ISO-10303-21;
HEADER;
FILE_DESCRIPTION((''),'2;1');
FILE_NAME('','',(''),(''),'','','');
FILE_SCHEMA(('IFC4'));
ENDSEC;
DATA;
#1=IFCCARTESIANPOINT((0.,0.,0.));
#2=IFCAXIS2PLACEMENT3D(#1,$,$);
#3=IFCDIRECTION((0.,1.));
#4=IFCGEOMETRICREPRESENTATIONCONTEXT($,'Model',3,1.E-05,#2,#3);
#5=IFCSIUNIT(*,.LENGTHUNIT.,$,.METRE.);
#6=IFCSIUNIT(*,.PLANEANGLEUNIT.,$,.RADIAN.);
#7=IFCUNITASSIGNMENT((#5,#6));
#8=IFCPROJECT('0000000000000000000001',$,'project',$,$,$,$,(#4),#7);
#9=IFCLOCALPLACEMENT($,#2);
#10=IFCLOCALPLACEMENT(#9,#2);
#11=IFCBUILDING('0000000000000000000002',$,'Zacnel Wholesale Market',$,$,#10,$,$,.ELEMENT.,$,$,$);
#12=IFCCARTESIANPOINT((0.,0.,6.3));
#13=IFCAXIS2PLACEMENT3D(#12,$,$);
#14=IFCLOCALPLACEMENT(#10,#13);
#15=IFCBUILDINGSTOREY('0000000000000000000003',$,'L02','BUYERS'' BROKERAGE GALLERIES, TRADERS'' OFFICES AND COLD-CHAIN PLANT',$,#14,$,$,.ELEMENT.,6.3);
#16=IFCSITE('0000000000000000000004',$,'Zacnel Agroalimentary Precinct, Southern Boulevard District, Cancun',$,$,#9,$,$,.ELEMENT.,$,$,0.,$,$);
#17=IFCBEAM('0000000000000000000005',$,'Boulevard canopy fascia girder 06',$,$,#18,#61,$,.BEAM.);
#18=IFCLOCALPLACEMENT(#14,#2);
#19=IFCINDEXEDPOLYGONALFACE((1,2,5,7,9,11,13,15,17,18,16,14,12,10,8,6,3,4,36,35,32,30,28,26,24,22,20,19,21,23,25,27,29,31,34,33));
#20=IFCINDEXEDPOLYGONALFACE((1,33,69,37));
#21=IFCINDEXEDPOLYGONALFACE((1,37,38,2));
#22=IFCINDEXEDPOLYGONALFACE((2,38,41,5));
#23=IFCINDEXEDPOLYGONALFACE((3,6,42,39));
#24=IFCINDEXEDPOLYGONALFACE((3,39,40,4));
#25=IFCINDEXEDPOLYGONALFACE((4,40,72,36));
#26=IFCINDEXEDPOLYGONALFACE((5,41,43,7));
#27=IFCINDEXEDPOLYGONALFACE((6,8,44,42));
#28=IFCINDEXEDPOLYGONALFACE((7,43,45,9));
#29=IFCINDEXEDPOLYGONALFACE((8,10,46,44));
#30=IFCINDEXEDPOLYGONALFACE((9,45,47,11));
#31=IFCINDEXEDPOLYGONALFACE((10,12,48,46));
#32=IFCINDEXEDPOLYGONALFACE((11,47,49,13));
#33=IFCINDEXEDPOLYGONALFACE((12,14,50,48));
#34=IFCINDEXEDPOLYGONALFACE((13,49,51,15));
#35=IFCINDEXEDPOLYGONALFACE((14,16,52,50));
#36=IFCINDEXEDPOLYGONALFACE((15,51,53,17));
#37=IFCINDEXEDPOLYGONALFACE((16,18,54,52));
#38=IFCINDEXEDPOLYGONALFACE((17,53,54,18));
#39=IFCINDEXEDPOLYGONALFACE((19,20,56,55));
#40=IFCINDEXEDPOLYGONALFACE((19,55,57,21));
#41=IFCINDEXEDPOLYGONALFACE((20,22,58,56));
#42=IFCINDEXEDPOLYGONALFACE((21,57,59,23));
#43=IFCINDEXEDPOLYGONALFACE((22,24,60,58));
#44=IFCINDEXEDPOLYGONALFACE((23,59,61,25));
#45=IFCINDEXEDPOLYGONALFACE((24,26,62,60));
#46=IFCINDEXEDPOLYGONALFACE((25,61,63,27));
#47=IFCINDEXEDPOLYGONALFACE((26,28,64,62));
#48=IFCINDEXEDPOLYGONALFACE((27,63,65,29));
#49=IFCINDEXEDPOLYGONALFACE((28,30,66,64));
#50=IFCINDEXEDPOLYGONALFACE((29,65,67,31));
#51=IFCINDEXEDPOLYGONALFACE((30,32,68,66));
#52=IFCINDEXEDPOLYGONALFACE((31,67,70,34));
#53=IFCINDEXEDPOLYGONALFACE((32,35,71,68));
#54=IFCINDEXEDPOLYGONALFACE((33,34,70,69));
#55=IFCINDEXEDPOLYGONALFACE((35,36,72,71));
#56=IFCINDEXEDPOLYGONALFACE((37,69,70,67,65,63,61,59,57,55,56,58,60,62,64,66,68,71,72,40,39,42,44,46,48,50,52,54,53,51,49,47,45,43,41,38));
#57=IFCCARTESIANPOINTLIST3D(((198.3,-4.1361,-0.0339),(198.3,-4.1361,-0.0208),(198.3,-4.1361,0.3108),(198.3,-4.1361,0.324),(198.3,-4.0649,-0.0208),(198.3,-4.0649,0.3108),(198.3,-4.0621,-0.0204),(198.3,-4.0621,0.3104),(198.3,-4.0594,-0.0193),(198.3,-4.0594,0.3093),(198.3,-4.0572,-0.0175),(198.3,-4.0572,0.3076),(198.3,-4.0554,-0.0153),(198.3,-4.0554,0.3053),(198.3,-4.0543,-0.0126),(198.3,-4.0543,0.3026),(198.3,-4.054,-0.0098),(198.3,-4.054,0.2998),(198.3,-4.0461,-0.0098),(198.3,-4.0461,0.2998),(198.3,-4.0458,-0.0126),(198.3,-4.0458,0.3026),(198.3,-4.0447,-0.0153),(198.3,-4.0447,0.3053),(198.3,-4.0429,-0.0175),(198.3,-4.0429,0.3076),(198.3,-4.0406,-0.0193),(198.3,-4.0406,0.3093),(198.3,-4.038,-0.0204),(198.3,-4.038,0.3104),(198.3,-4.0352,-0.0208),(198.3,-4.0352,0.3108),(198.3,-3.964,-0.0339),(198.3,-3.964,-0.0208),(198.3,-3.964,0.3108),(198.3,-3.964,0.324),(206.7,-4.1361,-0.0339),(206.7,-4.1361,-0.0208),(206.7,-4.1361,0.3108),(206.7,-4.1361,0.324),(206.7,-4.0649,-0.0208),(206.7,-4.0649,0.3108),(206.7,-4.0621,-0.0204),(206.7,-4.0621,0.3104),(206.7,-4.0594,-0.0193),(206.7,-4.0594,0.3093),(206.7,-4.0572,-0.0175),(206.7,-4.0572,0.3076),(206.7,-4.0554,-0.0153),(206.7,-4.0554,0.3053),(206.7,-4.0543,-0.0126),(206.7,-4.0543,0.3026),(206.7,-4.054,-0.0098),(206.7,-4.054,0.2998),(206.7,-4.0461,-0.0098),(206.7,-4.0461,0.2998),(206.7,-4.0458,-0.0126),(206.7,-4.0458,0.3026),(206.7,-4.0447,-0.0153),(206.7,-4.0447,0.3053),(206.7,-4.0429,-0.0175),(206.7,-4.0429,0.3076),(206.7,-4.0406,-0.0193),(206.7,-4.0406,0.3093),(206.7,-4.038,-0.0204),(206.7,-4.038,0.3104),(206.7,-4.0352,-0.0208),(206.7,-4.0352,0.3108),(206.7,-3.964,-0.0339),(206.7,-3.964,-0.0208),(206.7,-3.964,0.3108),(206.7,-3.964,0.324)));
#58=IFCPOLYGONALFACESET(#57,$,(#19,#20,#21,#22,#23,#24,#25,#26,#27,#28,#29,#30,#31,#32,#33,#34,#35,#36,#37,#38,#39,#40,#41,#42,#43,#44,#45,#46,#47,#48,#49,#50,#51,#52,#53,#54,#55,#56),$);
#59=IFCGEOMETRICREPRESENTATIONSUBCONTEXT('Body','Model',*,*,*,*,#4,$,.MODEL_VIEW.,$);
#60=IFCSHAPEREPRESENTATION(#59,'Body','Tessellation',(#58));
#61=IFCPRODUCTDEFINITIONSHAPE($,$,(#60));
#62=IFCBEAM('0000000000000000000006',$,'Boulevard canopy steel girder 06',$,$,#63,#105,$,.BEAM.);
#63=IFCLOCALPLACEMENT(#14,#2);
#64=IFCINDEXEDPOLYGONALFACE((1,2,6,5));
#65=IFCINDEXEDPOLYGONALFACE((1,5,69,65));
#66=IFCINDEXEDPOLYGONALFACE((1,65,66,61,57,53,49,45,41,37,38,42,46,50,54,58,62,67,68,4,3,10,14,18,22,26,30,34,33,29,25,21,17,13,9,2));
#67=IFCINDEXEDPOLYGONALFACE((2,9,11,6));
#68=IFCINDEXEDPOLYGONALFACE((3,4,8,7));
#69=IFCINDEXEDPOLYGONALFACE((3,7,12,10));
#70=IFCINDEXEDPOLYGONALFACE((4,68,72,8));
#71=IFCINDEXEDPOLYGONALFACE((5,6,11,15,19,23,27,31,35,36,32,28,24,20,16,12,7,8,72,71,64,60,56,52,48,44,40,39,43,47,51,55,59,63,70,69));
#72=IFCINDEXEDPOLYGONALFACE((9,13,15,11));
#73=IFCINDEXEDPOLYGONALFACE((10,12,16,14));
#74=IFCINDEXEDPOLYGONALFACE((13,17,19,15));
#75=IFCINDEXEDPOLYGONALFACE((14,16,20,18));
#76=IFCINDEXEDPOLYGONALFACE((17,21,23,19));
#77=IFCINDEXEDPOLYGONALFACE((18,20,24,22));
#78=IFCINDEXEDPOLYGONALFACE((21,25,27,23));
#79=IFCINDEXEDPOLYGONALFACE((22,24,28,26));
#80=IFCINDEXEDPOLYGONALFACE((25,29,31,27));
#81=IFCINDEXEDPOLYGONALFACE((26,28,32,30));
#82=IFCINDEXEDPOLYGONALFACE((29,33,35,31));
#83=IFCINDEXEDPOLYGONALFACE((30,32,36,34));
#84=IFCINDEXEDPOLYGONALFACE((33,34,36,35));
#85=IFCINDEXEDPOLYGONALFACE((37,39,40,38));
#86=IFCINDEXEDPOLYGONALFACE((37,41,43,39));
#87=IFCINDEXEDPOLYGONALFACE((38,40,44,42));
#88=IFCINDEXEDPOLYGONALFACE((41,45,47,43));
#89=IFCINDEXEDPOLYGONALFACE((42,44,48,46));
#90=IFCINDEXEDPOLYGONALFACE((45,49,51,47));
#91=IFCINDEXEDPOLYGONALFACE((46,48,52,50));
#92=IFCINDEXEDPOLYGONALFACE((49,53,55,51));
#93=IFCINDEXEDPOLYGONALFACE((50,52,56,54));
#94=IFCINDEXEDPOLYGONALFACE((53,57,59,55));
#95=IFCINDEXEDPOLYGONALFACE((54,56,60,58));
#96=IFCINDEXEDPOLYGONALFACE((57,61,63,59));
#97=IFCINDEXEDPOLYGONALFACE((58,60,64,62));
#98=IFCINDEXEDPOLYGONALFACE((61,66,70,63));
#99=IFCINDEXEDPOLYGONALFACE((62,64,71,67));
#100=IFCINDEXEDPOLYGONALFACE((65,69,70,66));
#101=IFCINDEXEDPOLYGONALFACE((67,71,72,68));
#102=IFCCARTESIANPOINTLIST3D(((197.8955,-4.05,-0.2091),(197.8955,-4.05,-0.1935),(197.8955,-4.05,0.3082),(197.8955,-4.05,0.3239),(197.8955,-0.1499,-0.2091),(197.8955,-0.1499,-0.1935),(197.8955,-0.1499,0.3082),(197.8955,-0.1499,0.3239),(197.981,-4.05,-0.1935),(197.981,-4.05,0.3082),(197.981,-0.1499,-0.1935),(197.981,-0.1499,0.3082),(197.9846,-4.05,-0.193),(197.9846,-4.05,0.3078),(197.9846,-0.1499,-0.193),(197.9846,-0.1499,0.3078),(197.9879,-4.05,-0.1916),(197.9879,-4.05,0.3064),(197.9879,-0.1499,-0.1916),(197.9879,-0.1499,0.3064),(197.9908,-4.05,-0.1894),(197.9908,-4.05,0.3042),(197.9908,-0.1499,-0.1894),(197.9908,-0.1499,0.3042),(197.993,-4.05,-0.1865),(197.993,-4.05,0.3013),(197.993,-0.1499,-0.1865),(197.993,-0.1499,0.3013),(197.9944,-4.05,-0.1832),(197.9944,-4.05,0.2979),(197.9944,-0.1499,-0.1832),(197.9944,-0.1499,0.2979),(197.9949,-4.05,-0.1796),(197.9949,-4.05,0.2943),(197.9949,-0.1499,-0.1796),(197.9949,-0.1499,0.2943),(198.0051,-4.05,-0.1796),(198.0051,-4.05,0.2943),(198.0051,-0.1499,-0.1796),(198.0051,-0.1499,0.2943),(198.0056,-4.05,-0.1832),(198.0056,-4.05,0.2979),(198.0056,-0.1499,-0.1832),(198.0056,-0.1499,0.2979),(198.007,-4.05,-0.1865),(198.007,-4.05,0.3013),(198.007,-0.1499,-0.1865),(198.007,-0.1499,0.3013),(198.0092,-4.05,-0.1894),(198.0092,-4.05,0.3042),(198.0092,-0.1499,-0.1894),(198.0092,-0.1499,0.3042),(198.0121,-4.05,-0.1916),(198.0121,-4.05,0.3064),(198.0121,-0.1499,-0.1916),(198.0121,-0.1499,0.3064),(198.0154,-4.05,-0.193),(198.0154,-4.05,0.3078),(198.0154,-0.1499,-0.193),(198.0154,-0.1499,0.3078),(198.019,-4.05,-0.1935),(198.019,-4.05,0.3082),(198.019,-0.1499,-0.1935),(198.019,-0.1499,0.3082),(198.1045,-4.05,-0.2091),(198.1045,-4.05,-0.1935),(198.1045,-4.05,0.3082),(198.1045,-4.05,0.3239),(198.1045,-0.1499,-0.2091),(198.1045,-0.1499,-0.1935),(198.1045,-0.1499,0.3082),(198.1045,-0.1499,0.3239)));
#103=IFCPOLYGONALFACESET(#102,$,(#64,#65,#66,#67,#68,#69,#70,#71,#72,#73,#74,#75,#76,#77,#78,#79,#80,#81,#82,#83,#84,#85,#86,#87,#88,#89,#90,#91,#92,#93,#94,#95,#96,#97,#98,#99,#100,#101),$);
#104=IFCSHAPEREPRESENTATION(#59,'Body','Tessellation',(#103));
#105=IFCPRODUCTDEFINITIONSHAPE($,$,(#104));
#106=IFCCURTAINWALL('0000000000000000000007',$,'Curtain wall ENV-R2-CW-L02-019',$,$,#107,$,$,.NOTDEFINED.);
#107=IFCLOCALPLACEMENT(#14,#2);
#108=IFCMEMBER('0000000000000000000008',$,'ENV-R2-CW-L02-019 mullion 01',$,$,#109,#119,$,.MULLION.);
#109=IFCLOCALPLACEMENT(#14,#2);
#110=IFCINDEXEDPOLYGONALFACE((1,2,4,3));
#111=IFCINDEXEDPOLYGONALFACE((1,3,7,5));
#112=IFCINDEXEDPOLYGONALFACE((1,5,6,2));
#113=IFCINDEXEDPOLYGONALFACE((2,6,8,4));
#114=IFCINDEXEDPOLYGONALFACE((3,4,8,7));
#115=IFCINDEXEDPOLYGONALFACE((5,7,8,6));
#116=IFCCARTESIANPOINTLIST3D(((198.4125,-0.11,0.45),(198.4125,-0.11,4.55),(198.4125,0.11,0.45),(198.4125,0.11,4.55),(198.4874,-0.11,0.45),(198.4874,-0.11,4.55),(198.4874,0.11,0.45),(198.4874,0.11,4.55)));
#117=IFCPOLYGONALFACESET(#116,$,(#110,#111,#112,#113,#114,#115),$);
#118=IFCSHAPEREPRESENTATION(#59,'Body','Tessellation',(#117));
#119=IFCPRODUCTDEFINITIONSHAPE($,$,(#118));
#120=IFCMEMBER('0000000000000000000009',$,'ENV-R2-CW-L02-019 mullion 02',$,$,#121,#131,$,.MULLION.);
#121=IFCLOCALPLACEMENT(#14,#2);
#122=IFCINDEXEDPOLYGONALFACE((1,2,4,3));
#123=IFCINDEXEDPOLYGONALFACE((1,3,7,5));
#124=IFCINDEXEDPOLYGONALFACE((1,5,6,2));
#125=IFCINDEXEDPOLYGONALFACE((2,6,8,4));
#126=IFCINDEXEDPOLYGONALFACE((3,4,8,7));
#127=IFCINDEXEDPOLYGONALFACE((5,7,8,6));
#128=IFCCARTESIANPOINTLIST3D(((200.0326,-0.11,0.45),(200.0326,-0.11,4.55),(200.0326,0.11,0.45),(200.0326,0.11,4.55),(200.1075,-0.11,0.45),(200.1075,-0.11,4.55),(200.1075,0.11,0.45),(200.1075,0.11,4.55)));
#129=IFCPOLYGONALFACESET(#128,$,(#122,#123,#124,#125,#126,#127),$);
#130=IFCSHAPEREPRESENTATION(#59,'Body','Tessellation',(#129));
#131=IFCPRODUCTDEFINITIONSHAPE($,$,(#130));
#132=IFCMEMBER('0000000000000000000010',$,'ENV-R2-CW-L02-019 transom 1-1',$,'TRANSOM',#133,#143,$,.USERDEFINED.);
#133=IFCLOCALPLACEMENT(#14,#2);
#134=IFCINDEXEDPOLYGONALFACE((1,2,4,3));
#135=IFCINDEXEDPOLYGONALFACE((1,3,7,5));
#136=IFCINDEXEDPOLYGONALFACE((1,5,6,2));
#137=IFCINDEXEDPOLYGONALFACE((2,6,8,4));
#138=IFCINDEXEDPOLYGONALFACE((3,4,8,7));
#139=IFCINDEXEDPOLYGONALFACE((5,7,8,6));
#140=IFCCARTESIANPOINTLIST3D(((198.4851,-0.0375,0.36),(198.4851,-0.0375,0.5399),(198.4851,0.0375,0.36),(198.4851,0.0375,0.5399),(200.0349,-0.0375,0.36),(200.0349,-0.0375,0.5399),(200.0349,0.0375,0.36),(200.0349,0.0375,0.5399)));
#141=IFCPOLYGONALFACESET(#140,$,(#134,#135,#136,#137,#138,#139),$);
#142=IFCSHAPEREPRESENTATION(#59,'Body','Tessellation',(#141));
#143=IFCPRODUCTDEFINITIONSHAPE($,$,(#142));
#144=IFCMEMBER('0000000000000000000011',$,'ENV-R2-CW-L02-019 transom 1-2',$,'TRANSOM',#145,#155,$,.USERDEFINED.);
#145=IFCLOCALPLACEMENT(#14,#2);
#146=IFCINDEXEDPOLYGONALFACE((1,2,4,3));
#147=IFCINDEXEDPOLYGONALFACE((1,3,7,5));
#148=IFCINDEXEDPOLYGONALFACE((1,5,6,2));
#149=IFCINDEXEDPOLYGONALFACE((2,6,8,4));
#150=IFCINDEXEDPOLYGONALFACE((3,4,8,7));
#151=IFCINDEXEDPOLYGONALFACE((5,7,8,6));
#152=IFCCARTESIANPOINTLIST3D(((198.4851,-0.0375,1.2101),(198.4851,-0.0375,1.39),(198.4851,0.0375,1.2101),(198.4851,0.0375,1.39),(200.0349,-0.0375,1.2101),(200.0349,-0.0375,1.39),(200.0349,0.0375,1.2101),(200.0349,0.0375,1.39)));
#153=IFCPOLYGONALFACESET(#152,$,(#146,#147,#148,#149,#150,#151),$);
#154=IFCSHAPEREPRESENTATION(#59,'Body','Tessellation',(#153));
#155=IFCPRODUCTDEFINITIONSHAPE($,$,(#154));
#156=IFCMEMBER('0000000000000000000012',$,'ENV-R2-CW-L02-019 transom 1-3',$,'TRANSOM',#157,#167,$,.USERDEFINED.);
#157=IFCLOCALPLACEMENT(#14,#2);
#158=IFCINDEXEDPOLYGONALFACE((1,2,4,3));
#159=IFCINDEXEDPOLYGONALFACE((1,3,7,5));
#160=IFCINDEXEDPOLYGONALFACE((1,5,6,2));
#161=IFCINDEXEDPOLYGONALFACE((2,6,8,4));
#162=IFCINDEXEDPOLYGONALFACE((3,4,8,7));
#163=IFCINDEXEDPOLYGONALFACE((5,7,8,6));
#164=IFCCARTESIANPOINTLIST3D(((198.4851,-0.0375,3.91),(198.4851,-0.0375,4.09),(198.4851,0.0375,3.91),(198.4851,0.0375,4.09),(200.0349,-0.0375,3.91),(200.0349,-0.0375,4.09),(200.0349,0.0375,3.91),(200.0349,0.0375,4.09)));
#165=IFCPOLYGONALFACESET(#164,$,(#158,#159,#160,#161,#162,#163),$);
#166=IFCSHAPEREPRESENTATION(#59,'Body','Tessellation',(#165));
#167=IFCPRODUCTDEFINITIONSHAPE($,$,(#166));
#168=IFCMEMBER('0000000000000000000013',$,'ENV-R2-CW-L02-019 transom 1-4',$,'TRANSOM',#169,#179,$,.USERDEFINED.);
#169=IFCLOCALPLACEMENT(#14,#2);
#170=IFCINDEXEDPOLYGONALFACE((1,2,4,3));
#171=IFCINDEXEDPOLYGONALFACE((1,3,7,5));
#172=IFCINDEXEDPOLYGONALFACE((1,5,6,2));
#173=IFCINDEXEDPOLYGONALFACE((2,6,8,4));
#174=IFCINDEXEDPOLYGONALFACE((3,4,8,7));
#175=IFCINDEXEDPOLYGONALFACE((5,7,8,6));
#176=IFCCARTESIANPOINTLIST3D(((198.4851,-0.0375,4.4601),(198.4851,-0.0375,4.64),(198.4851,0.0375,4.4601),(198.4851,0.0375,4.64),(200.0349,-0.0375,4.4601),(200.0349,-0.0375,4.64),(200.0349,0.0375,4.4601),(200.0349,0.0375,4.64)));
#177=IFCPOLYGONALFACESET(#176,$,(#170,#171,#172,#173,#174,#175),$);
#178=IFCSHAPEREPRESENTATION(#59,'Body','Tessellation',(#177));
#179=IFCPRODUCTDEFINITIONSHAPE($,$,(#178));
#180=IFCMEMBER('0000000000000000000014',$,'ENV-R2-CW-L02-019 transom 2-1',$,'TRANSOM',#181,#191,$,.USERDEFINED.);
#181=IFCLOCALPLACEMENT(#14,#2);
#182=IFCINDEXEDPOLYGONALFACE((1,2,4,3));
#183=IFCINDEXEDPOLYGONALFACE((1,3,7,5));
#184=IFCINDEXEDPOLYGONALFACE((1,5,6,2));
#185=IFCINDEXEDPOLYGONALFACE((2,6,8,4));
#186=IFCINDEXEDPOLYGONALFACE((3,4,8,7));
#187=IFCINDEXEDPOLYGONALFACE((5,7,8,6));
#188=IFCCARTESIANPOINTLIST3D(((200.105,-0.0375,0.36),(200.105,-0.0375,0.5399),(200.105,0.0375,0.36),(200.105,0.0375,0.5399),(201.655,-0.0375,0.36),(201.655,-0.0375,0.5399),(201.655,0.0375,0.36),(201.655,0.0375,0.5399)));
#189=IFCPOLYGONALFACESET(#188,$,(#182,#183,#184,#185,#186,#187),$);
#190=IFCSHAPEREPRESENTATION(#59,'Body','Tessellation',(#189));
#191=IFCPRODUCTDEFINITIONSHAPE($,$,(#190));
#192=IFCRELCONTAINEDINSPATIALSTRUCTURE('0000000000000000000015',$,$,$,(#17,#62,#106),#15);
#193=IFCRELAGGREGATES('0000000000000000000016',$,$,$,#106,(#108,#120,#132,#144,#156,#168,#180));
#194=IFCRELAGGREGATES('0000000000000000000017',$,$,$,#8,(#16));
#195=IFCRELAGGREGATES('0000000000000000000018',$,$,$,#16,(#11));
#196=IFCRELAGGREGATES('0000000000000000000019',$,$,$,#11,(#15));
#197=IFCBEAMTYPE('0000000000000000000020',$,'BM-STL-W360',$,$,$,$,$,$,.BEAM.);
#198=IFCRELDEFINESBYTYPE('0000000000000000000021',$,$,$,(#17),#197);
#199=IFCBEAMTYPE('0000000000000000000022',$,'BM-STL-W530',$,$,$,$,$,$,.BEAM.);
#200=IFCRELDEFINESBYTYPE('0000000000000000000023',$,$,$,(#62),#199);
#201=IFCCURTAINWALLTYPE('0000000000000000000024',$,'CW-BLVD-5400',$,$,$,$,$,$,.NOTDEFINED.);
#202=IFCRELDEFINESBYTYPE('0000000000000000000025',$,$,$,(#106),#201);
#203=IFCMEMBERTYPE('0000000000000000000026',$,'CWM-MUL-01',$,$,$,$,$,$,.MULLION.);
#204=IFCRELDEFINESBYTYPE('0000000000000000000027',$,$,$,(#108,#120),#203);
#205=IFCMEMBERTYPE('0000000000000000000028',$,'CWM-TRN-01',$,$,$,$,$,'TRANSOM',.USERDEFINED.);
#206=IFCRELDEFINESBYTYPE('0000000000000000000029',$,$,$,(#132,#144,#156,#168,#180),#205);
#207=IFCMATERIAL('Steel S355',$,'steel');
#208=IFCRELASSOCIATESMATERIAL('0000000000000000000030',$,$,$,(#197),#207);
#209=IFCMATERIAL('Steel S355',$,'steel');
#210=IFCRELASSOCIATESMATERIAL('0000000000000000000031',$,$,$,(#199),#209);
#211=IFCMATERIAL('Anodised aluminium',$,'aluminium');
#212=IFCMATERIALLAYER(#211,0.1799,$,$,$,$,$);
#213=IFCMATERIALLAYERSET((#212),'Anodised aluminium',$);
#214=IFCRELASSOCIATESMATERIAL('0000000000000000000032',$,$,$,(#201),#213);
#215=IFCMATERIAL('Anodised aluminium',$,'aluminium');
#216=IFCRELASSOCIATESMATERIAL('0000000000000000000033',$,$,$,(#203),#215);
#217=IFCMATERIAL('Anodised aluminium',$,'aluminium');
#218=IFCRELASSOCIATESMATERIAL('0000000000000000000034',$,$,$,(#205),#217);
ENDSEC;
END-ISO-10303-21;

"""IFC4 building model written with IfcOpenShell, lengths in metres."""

from ifc_helpers import new_model, si_unit, direction, frame, origin, origin_2d, place, context, subcontext, project, spatial, rectangle, i_section, extrude, material, layer, layer_set, material_profile, profile_set, type_object, element, aggregate, save


model = new_model("IFC4")

# Units and contexts
model_context = context("Model", 3, precision=1e-05, world=origin(), true_north=direction((0.0, 1.0)))
body_context = subcontext(model_context, "Body", "Model", "MODEL_VIEW")
ifc_project = project(units=[si_unit("LENGTHUNIT", "METRE"), si_unit("PLANEANGLEUNIT", "RADIAN")], contexts=[model_context])

# Site, building, storey
site_placement = place(None, origin())
site = spatial("IfcSite", under=ifc_project, at=site_placement, Name="Zacnel Agroalimentary Precinct, Southern Boulevard District, Cancun", CompositionType="ELEMENT", RefElevation=0.0)
building_placement = place(site_placement, origin())
building = spatial("IfcBuilding", under=site, at=building_placement, Name="Zacnel Wholesale Market", CompositionType="ELEMENT")
storey_placement = place(building_placement, frame((0.0, 0.0, 6.3)))
storey = spatial("IfcBuildingStorey", under=building, at=storey_placement, Name="L02", Description="BUYERS' BROKERAGE GALLERIES, TRADERS' OFFICES AND COLD-CHAIN PLANT", CompositionType="ELEMENT", Elevation=6.3)

# Beams
ifc_material_1 = material(Name="Steel S355", Category="steel")
ifc_material_profile_1 = material_profile(ifc_material_1, i_section(OverallWidth=0.1721, OverallDepth=0.3579, WebThickness=0.0078, FlangeThickness=0.0132, FilletRadius=0.011, at=origin_2d()), Name="W360X57.8")
ifc_profile_set_1 = profile_set([ifc_material_profile_1], Name="Steel S355")
beam_type_1 = type_object("IfcBeamType", Name="BM-STL-W360", PredefinedType="BEAM", material=ifc_profile_set_1)
for number, where, z_axis, x_axis, name in (
    (1, (198.3, -4.05, 0.145), (1.0, 0.0, 0.0), (0.0, 1.0, 0.0), "Boulevard canopy fascia girder 06"),
):
    element("IfcBeam", number, at=place(storey_placement, frame(where, z_axis=z_axis, x_axis=x_axis)), inside=storey, type_object=beam_type_1, Name=name, PredefinedType="BEAM", context=body_context, shape_type="SweptSolid", body=[
        extrude(i_section(OverallWidth=0.1721, OverallDepth=0.3579, WebThickness=0.0078, FlangeThickness=0.0132, FilletRadius=0.011, at=origin_2d()), origin(), (0.0, 0.0, 1.0), 8.3999),
    ])
ifc_material_2 = material(Name="Steel S355", Category="steel")
ifc_material_profile_2 = material_profile(ifc_material_2, i_section(OverallWidth=0.209, OverallDepth=0.533, WebThickness=0.0103, FlangeThickness=0.0156, FilletRadius=0.0139, at=origin_2d()), Name="W530X92")
ifc_profile_set_2 = profile_set([ifc_material_profile_2], Name="Steel S355")
beam_type_2 = type_object("IfcBeamType", Name="BM-STL-W530", PredefinedType="BEAM", material=ifc_profile_set_2)
beam_1_placement = place(storey_placement, frame((198.0, -0.1499, 0.0574), z_axis=(0.0, -1.0, 0.0), x_axis=(1.0, 0.0, 0.0)))
element("IfcBeam", 2, at=beam_1_placement, inside=storey, type_object=beam_type_2, Name="Boulevard canopy steel girder 06", PredefinedType="BEAM", context=body_context, shape_type="SweptSolid", body=[
    extrude(i_section(OverallWidth=0.209, OverallDepth=0.533, WebThickness=0.0103, FlangeThickness=0.0156, FilletRadius=0.0139, at=origin_2d()), origin(), (0.0, 0.0, 1.0), 3.9001),
])

# Curtain wall, members
ifc_material_3 = material(Name="Anodised aluminium", Category="aluminium")
ifc_layer_1 = layer(ifc_material_3, 0.1799)
ifc_layer_set_1 = layer_set([ifc_layer_1], Name="Anodised aluminium")
curtain_wall_type = type_object("IfcCurtainWallType", Name="CW-BLVD-5400", PredefinedType="NOTDEFINED", material=ifc_layer_set_1)
curtain_wall_placement = place(storey_placement, origin())
curtain_wall = element("IfcCurtainWall", 3, at=curtain_wall_placement, inside=storey, type_object=curtain_wall_type, Name="Curtain wall ENV-R2-CW-L02-019", PredefinedType="NOTDEFINED")
ifc_material_4 = material(Name="Anodised aluminium", Category="aluminium")
ifc_material_profile_3 = material_profile(ifc_material_4, rectangle(XDim=0.075, YDim=0.22, at=origin_2d()), Name="AW-MULLION 75x220")
ifc_profile_set_3 = profile_set([ifc_material_profile_3], Name="Anodised aluminium")
member_type_1 = type_object("IfcMemberType", Name="CWM-MUL-01", PredefinedType="MULLION", material=ifc_profile_set_3)
member_1_placement = place(storey_placement, frame((198.45, 0.0, 0.45), z_axis=(0.0, 0.0, 1.0), x_axis=(1.0, 0.0, 0.0)))
member_1 = element("IfcMember", 4, at=member_1_placement, type_object=member_type_1, Name="ENV-R2-CW-L02-019 mullion 01", PredefinedType="MULLION", context=body_context, shape_type="SweptSolid", body=[
    extrude(rectangle(XDim=0.075, YDim=0.22, at=origin_2d()), origin(), (0.0, 0.0, 1.0), 4.1001),
])
member_2_placement = place(storey_placement, frame((200.0701, 0.0, 0.45), z_axis=(0.0, 0.0, 1.0), x_axis=(1.0, 0.0, 0.0)))
member_2 = element("IfcMember", 5, at=member_2_placement, type_object=member_type_1, Name="ENV-R2-CW-L02-019 mullion 02", PredefinedType="MULLION", context=body_context, shape_type="SweptSolid", body=[
    extrude(rectangle(XDim=0.075, YDim=0.22, at=origin_2d()), origin(), (0.0, 0.0, 1.0), 4.1001),
])
ifc_material_5 = material(Name="Anodised aluminium", Category="aluminium")
ifc_material_profile_4 = material_profile(ifc_material_5, rectangle(XDim=0.075, YDim=0.1799, at=origin_2d()), Name="AW-TRANSOM 75x180")
ifc_profile_set_4 = profile_set([ifc_material_profile_4], Name="Anodised aluminium")
member_type_2 = type_object("IfcMemberType", Name="CWM-TRN-01", ElementType="TRANSOM", PredefinedType="USERDEFINED", material=ifc_profile_set_4)
member_3_placement = place(storey_placement, frame((198.4851, 0.0, 0.45), z_axis=(1.0, 0.0, 0.0), x_axis=(0.0, 1.0, 0.0)))
member_3 = element("IfcMember", 6, at=member_3_placement, type_object=member_type_2, Name="ENV-R2-CW-L02-019 transom 1-1", ObjectType="TRANSOM", PredefinedType="USERDEFINED", context=body_context, shape_type="SweptSolid", body=[
    extrude(rectangle(XDim=0.075, YDim=0.1799, at=origin_2d()), origin(), (0.0, 0.0, 1.0), 1.5498),
])
member_4_placement = place(storey_placement, frame((198.4851, 0.0, 1.3), z_axis=(1.0, 0.0, 0.0), x_axis=(0.0, 1.0, 0.0)))
member_4 = element("IfcMember", 7, at=member_4_placement, type_object=member_type_2, Name="ENV-R2-CW-L02-019 transom 1-2", ObjectType="TRANSOM", PredefinedType="USERDEFINED", context=body_context, shape_type="SweptSolid", body=[
    extrude(rectangle(XDim=0.075, YDim=0.1799, at=origin_2d()), origin(), (0.0, 0.0, 1.0), 1.5498),
])
member_5_placement = place(storey_placement, frame((198.4851, 0.0, 4.0), z_axis=(1.0, 0.0, 0.0), x_axis=(0.0, 1.0, 0.0)))
member_5 = element("IfcMember", 8, at=member_5_placement, type_object=member_type_2, Name="ENV-R2-CW-L02-019 transom 1-3", ObjectType="TRANSOM", PredefinedType="USERDEFINED", context=body_context, shape_type="SweptSolid", body=[
    extrude(rectangle(XDim=0.075, YDim=0.1799, at=origin_2d()), origin(), (0.0, 0.0, 1.0), 1.5498),
])
member_6_placement = place(storey_placement, frame((198.4851, 0.0, 4.55), z_axis=(1.0, 0.0, 0.0), x_axis=(0.0, 1.0, 0.0)))
member_6 = element("IfcMember", 9, at=member_6_placement, type_object=member_type_2, Name="ENV-R2-CW-L02-019 transom 1-4", ObjectType="TRANSOM", PredefinedType="USERDEFINED", context=body_context, shape_type="SweptSolid", body=[
    extrude(rectangle(XDim=0.075, YDim=0.1799, at=origin_2d()), origin(), (0.0, 0.0, 1.0), 1.5498),
])
member_7_placement = place(storey_placement, frame((200.105, 0.0, 0.45), z_axis=(1.0, 0.0, 0.0), x_axis=(0.0, 1.0, 0.0)))
member_7 = element("IfcMember", 10, at=member_7_placement, type_object=member_type_2, Name="ENV-R2-CW-L02-019 transom 2-1", ObjectType="TRANSOM", PredefinedType="USERDEFINED", context=body_context, shape_type="SweptSolid", body=[
    extrude(rectangle(XDim=0.075, YDim=0.1799, at=origin_2d()), origin(), (0.0, 0.0, 1.0), 1.55),
])

aggregate(curtain_wall, [member_1, member_2, member_3, member_4, member_5, member_6, member_7])

save(model, "model.ifc")
